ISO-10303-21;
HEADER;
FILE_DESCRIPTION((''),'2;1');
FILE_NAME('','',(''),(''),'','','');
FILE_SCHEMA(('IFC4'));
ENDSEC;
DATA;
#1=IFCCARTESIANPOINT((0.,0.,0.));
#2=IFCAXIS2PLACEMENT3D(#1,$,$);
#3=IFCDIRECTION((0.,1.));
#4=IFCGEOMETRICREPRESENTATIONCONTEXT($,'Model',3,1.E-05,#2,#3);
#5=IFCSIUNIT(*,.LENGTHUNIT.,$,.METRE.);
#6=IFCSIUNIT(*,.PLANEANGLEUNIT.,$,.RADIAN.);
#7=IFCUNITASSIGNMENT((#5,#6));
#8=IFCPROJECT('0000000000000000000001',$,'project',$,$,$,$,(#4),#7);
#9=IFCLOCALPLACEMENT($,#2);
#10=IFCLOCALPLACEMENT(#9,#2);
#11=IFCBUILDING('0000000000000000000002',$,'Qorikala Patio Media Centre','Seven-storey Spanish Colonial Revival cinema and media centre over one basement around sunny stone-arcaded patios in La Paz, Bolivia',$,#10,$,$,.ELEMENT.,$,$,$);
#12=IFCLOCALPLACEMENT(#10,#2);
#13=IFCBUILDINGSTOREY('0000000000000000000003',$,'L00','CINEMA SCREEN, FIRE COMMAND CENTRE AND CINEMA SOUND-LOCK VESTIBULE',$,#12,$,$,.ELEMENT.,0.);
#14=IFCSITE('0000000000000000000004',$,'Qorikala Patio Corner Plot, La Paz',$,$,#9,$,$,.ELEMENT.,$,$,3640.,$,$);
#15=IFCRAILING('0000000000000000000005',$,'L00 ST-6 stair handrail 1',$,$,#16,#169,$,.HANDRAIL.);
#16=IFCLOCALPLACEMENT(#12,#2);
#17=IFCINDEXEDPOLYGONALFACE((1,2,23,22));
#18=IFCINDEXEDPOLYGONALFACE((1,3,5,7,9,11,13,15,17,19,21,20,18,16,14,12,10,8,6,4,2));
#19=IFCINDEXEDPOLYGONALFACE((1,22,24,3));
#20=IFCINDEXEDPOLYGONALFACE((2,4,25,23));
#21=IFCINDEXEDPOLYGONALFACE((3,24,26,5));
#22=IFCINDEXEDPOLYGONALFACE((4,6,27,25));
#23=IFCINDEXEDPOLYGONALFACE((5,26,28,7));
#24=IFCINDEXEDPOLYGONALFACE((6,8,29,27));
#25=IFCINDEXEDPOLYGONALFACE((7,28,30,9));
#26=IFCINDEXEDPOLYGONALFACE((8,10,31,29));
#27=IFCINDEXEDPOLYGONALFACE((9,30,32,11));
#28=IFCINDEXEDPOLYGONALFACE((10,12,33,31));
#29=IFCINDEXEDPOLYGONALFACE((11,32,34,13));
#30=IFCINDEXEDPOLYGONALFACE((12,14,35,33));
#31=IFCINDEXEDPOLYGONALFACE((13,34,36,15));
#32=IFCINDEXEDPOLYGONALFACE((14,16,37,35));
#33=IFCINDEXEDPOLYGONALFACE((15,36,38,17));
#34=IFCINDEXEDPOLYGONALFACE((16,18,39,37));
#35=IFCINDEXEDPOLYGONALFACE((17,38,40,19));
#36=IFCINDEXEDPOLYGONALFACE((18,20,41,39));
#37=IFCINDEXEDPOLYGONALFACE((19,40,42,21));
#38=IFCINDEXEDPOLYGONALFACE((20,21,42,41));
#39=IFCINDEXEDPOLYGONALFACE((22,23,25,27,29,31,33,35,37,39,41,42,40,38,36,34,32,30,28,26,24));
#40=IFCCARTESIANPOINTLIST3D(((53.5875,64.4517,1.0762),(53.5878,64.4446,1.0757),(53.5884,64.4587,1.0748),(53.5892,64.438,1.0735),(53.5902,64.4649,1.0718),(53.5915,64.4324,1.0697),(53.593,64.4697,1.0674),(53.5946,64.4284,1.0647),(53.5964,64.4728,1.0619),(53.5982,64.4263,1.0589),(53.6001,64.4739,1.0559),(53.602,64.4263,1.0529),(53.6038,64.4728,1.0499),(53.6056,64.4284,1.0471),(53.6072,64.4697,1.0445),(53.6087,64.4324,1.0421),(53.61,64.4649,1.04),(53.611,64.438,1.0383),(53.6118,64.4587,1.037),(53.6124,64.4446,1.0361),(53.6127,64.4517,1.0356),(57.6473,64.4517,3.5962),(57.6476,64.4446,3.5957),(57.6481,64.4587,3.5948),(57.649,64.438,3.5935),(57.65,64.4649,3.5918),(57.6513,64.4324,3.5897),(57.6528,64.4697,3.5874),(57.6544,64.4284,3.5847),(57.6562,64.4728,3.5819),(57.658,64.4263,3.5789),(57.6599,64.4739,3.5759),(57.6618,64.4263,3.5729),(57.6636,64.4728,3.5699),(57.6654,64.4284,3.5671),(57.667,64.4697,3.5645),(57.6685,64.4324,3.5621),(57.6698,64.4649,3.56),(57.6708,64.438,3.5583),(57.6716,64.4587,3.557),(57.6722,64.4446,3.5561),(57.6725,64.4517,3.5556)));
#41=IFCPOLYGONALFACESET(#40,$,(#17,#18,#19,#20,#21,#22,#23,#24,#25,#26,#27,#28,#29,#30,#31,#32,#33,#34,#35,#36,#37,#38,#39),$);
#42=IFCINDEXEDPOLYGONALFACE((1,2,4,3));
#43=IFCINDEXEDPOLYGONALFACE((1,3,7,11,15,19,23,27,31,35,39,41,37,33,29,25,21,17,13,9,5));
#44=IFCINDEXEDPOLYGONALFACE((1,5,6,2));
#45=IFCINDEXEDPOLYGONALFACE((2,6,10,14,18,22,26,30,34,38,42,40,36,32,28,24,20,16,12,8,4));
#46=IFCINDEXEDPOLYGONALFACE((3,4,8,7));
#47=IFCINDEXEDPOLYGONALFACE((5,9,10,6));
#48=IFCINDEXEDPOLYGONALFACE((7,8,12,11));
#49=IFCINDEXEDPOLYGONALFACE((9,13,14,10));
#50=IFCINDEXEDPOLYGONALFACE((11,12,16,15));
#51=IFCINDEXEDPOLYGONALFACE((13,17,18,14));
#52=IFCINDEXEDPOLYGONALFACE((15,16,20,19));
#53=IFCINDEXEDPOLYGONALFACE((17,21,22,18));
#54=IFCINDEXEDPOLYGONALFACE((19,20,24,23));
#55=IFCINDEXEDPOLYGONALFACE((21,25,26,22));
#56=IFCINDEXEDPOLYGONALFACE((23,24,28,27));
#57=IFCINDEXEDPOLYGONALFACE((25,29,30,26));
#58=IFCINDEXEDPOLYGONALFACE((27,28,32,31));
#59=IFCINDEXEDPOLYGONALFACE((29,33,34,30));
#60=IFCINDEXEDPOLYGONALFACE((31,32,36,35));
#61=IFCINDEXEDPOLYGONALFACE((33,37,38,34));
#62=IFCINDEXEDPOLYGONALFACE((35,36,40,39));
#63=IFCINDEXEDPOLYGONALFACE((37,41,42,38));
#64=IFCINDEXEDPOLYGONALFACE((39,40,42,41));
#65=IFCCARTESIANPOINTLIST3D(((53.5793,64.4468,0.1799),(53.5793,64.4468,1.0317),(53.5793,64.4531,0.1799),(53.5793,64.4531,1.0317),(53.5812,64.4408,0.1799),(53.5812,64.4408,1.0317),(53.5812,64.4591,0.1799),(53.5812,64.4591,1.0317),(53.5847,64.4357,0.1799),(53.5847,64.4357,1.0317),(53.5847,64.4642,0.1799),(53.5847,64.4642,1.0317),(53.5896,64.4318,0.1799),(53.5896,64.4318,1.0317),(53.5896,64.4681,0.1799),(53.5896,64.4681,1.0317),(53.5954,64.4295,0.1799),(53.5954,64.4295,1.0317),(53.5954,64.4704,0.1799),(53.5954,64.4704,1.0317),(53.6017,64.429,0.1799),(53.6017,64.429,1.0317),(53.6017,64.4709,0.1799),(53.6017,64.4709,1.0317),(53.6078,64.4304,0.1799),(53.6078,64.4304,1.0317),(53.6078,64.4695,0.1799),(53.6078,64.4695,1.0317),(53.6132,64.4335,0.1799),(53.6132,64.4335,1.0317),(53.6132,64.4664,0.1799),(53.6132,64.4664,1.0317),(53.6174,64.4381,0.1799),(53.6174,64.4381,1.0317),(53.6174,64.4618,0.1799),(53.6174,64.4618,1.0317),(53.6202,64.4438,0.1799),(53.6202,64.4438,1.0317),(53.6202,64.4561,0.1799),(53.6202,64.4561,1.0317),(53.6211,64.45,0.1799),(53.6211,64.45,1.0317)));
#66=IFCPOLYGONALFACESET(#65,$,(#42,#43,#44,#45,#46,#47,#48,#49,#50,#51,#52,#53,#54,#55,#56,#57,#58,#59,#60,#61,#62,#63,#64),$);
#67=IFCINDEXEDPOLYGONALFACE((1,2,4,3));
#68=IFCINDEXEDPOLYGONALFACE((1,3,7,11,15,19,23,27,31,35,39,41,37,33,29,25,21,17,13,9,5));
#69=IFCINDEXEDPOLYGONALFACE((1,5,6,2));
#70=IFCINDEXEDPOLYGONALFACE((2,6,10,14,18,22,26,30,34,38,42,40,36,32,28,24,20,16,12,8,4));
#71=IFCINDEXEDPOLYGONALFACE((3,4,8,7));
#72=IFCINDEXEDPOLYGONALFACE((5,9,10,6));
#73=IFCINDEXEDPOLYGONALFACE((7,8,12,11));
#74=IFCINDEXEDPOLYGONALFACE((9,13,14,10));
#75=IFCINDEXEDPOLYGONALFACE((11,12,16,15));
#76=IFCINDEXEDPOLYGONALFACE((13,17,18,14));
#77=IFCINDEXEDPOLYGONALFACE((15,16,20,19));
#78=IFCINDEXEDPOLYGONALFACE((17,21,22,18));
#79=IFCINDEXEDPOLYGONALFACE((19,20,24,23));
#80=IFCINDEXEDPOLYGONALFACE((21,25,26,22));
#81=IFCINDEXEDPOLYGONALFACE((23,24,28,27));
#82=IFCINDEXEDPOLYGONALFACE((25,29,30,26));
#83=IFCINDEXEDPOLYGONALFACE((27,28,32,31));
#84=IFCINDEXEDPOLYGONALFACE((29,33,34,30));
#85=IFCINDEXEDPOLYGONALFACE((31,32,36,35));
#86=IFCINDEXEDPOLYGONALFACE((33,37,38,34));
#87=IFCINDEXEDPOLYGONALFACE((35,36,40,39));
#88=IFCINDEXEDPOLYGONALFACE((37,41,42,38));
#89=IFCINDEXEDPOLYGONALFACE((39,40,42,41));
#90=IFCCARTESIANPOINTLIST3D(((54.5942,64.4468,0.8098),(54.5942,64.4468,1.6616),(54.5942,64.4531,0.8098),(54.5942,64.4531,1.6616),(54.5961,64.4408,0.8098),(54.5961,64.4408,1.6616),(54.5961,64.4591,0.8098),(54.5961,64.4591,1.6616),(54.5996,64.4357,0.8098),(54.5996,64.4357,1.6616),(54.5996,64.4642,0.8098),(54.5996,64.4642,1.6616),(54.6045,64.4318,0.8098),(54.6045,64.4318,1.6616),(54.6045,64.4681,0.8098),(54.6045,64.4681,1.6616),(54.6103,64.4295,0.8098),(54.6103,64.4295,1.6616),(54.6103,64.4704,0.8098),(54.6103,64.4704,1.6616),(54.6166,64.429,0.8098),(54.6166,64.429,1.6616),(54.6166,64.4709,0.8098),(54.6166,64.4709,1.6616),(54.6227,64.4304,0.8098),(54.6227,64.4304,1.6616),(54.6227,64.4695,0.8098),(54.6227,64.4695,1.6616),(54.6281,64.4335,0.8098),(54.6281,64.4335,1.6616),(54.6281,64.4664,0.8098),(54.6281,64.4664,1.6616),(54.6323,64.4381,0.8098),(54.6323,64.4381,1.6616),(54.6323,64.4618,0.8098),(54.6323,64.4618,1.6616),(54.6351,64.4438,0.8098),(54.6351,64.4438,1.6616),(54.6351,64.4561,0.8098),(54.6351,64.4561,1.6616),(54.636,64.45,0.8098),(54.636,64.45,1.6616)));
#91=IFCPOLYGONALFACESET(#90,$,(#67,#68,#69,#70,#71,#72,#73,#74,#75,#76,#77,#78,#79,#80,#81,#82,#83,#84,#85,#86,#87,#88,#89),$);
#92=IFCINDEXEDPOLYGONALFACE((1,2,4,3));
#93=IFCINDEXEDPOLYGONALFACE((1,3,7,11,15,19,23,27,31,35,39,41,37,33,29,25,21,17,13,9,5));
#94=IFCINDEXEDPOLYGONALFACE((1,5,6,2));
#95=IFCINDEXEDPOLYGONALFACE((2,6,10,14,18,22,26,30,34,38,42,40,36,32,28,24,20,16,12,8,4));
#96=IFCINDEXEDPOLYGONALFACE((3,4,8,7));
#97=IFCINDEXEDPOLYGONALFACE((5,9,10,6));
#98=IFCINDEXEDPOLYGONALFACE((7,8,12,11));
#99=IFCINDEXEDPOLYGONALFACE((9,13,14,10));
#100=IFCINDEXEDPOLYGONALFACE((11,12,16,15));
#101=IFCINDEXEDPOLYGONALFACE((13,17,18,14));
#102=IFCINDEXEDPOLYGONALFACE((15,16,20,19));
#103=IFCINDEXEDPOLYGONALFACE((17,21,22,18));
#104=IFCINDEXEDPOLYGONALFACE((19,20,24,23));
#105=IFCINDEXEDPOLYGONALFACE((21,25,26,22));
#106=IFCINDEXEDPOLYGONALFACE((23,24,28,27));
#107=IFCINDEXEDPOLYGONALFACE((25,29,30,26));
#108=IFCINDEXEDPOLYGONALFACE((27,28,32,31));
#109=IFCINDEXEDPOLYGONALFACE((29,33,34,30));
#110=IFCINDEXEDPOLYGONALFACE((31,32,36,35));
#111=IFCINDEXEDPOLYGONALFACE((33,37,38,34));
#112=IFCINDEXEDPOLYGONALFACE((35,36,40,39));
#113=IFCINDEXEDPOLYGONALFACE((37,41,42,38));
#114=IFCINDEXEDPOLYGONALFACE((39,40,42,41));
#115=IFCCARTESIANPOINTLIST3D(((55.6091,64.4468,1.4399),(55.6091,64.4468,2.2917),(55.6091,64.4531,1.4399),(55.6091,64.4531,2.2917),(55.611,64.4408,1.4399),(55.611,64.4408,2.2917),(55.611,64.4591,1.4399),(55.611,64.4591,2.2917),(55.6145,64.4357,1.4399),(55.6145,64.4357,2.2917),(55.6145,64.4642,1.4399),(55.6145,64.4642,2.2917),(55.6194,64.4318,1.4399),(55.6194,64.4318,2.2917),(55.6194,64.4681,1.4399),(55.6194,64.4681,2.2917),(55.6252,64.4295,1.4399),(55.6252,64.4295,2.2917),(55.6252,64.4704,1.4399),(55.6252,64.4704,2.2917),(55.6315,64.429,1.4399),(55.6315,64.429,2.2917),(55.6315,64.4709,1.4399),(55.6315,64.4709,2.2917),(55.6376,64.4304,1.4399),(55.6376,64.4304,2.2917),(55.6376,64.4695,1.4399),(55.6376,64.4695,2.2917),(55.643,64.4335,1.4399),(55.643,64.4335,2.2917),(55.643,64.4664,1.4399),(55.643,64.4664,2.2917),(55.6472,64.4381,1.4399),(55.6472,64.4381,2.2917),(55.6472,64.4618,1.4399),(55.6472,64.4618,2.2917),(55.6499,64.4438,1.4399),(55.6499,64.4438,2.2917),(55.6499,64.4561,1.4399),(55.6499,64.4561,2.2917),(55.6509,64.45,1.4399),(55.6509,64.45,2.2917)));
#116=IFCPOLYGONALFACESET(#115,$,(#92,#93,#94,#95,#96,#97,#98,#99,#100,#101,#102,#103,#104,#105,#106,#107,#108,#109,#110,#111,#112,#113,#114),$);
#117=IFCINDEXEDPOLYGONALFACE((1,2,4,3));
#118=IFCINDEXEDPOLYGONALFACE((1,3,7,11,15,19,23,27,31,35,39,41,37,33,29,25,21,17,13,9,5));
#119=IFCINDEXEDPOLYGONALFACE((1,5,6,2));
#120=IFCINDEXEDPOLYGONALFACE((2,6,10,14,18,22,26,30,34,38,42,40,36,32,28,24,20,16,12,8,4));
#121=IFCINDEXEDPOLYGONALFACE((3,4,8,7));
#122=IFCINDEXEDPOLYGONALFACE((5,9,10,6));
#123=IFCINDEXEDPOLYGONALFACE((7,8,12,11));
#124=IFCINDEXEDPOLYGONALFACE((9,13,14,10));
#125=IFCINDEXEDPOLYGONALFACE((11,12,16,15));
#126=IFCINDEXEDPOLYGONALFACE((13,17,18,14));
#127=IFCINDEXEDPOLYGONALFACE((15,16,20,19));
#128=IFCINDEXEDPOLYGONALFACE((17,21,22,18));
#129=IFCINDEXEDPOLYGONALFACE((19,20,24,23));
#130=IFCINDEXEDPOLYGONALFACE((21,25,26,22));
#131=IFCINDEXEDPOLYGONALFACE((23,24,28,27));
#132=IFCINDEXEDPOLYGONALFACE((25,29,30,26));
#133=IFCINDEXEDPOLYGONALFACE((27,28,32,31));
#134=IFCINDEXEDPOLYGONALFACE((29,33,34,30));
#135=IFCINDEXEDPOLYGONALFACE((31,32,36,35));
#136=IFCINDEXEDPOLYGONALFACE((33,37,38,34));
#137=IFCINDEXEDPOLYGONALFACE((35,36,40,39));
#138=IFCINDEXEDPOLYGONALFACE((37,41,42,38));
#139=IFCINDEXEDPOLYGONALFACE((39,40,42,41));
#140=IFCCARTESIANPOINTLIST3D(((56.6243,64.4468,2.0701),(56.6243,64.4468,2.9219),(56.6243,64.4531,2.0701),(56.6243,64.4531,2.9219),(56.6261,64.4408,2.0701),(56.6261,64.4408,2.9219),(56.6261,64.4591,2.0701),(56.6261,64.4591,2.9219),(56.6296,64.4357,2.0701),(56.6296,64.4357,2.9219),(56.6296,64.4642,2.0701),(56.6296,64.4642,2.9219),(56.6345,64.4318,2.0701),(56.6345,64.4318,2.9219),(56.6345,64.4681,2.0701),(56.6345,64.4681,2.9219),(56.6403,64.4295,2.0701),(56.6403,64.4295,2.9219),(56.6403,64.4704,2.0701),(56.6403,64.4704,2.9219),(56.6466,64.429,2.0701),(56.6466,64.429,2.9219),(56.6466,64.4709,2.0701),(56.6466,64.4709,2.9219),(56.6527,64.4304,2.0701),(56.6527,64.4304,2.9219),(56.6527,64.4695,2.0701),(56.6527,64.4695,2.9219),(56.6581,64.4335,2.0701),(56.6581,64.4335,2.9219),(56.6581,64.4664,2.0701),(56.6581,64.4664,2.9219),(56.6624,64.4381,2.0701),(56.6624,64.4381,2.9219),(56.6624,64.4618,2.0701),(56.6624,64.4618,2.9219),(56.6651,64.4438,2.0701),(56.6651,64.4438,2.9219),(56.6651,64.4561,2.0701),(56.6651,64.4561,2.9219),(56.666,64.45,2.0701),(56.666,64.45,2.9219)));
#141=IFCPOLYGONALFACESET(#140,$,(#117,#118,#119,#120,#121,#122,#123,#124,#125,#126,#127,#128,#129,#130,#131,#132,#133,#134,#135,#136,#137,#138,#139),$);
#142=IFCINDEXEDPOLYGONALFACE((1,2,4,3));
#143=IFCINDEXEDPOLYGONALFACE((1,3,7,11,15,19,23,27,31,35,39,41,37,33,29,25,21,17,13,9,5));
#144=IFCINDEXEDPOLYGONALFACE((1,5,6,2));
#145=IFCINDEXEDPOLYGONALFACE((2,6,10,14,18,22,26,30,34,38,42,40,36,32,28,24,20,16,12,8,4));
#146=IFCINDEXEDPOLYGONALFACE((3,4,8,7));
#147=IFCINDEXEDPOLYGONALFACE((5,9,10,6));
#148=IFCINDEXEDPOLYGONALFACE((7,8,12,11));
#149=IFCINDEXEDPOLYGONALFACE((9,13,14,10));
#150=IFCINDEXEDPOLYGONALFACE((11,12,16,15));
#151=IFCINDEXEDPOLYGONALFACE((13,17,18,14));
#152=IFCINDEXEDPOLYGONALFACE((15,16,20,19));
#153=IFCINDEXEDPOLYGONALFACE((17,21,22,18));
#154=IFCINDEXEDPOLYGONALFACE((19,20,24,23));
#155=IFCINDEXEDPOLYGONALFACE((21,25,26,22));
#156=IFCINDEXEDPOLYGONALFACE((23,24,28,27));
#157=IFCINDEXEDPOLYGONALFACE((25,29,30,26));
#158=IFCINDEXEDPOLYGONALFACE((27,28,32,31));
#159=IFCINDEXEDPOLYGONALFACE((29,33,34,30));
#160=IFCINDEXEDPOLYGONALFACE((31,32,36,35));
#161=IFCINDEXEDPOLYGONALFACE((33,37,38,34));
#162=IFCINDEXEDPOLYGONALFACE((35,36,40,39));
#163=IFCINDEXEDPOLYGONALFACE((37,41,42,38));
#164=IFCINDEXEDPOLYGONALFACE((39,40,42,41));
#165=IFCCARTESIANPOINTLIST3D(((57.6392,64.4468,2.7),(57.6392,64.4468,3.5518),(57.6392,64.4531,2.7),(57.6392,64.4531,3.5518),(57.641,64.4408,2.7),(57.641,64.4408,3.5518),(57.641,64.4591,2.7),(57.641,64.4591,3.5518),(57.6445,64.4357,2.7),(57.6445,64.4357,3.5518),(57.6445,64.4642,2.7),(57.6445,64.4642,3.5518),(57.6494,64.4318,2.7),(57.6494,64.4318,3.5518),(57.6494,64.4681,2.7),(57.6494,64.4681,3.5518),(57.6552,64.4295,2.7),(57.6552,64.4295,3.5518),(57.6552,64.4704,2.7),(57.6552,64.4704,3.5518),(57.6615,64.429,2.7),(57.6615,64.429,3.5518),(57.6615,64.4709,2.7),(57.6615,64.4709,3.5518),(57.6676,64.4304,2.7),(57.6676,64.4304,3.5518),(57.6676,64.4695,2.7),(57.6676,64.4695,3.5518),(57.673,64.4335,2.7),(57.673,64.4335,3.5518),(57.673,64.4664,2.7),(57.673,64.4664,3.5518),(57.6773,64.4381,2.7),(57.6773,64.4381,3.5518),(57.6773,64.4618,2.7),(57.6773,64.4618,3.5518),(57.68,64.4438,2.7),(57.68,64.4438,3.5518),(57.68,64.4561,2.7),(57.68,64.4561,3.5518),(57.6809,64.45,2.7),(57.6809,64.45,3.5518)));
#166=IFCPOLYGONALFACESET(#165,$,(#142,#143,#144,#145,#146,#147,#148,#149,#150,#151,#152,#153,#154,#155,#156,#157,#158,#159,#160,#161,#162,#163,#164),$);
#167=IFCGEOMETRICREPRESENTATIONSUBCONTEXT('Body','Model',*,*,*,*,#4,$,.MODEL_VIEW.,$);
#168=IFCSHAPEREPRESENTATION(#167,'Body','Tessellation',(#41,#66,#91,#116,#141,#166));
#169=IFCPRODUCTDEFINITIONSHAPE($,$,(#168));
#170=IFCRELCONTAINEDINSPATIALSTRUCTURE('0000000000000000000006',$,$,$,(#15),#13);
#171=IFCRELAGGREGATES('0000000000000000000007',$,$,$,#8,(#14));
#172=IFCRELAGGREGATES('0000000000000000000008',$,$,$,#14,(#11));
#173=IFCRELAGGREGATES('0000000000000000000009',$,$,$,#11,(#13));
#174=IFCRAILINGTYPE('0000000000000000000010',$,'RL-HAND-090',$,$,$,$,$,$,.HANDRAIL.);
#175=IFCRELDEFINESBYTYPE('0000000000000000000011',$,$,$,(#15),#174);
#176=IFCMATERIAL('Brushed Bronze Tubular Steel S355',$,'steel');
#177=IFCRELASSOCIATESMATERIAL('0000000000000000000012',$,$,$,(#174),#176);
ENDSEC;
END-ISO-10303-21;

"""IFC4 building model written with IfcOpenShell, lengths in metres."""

from ifc_helpers import new_model, si_unit, direction, frame, origin, origin_2d, place, context, subcontext, project, spatial, circle, extrude, material, type_object, element, save


model = new_model("IFC4")

# Units and contexts
model_context = context("Model", 3, precision=1e-05, world=origin(), true_north=direction((0.0, 1.0)))
body_context = subcontext(model_context, "Body", "Model", "MODEL_VIEW")
ifc_project = project(units=[si_unit("LENGTHUNIT", "METRE"), si_unit("PLANEANGLEUNIT", "RADIAN")], contexts=[model_context])

# Site, building, storey
site_placement = place(None, origin())
site = spatial("IfcSite", under=ifc_project, at=site_placement, Name="Qorikala Patio Corner Plot, La Paz", CompositionType="ELEMENT", RefElevation=3640.0)
building_placement = place(site_placement, origin())
building = spatial("IfcBuilding", under=site, at=building_placement, Name="Qorikala Patio Media Centre", Description="Seven-storey Spanish Colonial Revival cinema and media centre over one basement around sunny stone-arcaded patios in La Paz, Bolivia", CompositionType="ELEMENT")
storey_placement = place(building_placement, origin())
storey = spatial("IfcBuildingStorey", under=building, at=storey_placement, Name="L00", Description="CINEMA SCREEN, FIRE COMMAND CENTRE AND CINEMA SOUND-LOCK VESTIBULE", CompositionType="ELEMENT", Elevation=0.0)

# Railing
ifc_material_1 = material(Name="Brushed Bronze Tubular Steel S355", Category="steel")
railing_type_1 = type_object("IfcRailingType", Name="RL-HAND-090", PredefinedType="HANDRAIL", material=ifc_material_1)
railing_1_placement = place(storey_placement, frame((53.6001, 64.45, 0.1799)))
element("IfcRailing", 1, at=railing_1_placement, inside=storey, type_object=railing_type_1, Name="L00 ST-6 stair handrail 1", PredefinedType="HANDRAIL", context=body_context, shape_type="SweptSolid", body=[
    extrude(circle(Radius=0.0239, at=origin_2d()), frame((0.0, 0.0, 0.876), z_axis=(0.849628, 0.0, 0.527383), x_axis=(0.0, 1.0, 0.0)), (0.0, 0.0, 1.0), 4.7783),
    extrude(circle(Radius=0.021, at=origin_2d()), origin(), (0.0, 0.0, 1.0), 0.8518),
    extrude(circle(Radius=0.021, at=origin_2d()), frame((1.0149, 0.0, 0.6299)), (0.0, 0.0, 1.0), 0.8518),
    extrude(circle(Radius=0.021, at=origin_2d()), frame((2.0298, 0.0, 1.26)), (0.0, 0.0, 1.0), 0.8518),
    extrude(circle(Radius=0.021, at=origin_2d()), frame((3.0449, 0.0, 1.8901)), (0.0, 0.0, 1.0), 0.8518),
    extrude(circle(Radius=0.021, at=origin_2d()), frame((4.0598, 0.0, 2.52)), (0.0, 0.0, 1.0), 0.8518),
])

save(model, "model.ifc")
